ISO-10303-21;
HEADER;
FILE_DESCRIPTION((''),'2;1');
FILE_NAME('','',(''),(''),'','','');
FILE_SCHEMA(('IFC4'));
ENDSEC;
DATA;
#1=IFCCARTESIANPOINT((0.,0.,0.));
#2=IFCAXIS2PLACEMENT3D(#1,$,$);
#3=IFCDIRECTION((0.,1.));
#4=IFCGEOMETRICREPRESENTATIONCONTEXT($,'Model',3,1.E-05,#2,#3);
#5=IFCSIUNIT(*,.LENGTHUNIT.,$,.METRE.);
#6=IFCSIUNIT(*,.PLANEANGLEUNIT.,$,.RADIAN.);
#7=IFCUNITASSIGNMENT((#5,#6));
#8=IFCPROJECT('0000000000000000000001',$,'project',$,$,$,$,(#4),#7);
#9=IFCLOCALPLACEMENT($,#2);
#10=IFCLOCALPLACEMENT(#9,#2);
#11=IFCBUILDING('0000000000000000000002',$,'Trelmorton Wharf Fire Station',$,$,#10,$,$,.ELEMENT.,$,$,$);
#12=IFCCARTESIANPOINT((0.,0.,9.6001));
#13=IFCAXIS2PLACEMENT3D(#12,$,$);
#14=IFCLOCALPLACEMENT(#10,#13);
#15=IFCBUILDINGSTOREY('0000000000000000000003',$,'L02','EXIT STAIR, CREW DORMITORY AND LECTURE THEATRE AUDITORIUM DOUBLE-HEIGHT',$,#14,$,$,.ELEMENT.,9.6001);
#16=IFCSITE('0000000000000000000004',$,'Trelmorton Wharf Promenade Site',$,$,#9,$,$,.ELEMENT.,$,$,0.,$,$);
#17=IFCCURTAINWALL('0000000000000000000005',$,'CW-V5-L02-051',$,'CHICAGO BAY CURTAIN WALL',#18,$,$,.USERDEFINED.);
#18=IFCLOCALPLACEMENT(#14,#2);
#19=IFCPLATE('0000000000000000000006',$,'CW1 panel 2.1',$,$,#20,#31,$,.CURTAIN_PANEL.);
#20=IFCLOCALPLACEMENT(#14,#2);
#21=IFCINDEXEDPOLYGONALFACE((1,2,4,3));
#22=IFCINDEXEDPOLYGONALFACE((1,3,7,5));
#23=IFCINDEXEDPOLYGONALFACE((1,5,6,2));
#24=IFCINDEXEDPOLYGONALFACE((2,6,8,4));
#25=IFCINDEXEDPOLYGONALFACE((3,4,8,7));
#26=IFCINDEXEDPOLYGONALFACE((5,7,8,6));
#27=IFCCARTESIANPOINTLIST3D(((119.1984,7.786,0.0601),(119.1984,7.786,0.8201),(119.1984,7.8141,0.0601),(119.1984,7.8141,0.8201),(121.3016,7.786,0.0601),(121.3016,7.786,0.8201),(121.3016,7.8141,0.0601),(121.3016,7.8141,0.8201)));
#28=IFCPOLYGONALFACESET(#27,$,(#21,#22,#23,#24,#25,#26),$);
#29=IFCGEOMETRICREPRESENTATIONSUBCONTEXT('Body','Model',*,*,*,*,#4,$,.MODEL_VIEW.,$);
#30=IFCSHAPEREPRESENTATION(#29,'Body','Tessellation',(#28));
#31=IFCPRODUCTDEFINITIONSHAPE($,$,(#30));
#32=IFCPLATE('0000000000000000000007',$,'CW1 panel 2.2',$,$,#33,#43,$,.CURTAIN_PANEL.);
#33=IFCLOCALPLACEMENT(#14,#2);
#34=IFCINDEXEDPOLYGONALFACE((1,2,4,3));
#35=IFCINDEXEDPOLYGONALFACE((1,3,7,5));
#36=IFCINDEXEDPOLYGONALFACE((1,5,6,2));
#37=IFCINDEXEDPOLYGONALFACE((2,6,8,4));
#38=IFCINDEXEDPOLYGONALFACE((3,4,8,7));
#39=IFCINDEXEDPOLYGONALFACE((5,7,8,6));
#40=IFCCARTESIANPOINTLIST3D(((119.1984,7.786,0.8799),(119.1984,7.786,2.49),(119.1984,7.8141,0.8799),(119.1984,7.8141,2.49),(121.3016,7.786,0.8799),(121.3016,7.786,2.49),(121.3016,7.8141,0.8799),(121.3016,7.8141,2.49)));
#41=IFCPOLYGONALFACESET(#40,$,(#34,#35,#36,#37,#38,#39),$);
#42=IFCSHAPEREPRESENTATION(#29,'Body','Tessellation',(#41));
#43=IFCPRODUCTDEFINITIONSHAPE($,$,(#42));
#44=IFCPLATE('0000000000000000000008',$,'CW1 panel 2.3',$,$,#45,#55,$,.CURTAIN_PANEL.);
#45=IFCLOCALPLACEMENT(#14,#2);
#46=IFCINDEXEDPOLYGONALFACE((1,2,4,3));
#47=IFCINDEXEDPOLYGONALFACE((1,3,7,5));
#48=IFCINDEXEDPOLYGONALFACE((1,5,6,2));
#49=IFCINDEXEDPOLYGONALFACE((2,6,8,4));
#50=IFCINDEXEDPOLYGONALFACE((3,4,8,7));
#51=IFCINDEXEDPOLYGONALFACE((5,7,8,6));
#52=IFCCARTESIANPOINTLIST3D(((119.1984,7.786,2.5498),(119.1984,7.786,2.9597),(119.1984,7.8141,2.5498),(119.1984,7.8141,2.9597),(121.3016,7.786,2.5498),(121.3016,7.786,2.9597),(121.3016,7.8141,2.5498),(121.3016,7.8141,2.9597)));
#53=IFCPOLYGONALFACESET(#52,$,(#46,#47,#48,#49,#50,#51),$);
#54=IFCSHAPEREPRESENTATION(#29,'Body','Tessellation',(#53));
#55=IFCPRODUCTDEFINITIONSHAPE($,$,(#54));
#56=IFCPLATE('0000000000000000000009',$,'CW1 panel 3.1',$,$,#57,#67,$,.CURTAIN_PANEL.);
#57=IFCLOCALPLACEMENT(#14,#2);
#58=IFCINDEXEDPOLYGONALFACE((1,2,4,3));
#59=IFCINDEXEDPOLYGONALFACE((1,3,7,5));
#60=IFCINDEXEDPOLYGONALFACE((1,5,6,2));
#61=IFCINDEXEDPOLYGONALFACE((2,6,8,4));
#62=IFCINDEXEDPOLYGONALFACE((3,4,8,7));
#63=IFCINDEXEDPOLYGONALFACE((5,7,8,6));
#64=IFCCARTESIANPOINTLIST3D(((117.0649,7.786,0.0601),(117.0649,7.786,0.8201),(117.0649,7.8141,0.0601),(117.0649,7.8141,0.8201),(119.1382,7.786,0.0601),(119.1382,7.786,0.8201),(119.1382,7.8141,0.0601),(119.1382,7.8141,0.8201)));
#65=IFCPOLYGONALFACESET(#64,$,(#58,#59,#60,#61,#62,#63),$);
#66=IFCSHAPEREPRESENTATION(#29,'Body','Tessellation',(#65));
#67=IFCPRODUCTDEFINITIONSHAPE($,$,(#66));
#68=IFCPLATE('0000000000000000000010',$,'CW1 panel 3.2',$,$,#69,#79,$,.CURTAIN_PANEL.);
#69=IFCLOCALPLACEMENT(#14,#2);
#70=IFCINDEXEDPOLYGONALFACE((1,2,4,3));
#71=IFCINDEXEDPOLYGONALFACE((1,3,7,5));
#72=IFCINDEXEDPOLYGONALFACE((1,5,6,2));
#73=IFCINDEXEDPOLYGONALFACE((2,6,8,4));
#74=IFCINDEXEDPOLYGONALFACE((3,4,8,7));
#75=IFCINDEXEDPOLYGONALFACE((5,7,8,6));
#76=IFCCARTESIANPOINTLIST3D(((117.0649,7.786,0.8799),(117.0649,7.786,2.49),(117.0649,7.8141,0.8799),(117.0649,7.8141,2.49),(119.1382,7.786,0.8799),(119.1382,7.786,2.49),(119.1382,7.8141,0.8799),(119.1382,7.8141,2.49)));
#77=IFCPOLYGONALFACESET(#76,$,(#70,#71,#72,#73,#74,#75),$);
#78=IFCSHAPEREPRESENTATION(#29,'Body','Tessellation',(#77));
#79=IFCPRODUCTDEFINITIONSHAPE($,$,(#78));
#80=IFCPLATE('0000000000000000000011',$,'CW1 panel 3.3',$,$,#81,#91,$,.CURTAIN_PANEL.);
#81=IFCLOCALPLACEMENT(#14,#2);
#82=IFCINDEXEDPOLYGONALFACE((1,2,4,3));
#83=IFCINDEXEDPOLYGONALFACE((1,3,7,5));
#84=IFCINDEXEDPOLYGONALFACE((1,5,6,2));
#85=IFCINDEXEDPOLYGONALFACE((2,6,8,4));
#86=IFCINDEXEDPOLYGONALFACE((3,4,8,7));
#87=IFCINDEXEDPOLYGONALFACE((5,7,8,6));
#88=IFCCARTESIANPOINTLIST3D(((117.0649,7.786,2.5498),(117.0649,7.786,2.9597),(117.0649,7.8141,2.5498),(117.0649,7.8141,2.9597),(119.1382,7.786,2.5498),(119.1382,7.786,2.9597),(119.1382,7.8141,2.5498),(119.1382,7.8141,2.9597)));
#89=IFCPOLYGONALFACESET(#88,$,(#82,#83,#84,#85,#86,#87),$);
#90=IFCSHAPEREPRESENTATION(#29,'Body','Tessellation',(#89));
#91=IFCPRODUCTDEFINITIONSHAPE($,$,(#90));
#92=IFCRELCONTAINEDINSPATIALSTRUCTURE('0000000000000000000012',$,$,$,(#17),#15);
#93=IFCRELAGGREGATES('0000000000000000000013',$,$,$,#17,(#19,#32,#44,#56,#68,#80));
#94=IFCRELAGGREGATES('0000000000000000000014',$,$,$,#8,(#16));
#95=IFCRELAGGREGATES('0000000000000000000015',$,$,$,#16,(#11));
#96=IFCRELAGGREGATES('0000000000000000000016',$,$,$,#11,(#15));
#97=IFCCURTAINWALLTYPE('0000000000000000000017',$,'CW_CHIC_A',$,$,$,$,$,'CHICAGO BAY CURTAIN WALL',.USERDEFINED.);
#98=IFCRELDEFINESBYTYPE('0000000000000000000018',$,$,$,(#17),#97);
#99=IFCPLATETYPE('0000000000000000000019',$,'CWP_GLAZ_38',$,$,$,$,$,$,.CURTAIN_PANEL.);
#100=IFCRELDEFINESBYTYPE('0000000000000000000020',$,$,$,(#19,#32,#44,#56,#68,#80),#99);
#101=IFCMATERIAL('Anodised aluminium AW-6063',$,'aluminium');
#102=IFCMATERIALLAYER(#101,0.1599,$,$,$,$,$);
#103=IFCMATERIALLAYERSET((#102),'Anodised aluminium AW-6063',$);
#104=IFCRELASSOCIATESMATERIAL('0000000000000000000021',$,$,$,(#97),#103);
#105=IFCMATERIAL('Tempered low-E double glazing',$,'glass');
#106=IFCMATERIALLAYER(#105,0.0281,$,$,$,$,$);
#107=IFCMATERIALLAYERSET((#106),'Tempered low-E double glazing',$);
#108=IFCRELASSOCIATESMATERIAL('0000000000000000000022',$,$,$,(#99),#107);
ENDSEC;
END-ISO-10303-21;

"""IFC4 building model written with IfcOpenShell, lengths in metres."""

from ifc_helpers import new_model, si_unit, direction, frame, origin, origin_2d, place, context, subcontext, project, spatial, rectangle, extrude, material, layer, layer_set, type_object, element, aggregate, save


model = new_model("IFC4")

# Units and contexts
model_context = context("Model", 3, precision=1e-05, world=origin(), true_north=direction((0.0, 1.0)))
body_context = subcontext(model_context, "Body", "Model", "MODEL_VIEW")
ifc_project = project(units=[si_unit("LENGTHUNIT", "METRE"), si_unit("PLANEANGLEUNIT", "RADIAN")], contexts=[model_context])

# Site, building, storey
site_placement = place(None, origin())
site = spatial("IfcSite", under=ifc_project, at=site_placement, Name="Trelmorton Wharf Promenade Site", CompositionType="ELEMENT", RefElevation=0.0)
building_placement = place(site_placement, origin())
building = spatial("IfcBuilding", under=site, at=building_placement, Name="Trelmorton Wharf Fire Station", CompositionType="ELEMENT")
storey_placement = place(building_placement, frame((0.0, 0.0, 9.6001)))
storey = spatial("IfcBuildingStorey", under=building, at=storey_placement, Name="L02", Description="EXIT STAIR, CREW DORMITORY AND LECTURE THEATRE AUDITORIUM DOUBLE-HEIGHT", CompositionType="ELEMENT", Elevation=9.6001)

# Curtain wall
ifc_material_1 = material(Name="Anodised aluminium AW-6063", Category="aluminium")
ifc_layer_1 = layer(ifc_material_1, 0.1599)
ifc_layer_set_1 = layer_set([ifc_layer_1], Name="Anodised aluminium AW-6063")
curtain_wall_type = type_object("IfcCurtainWallType", Name="CW_CHIC_A", ElementType="CHICAGO BAY CURTAIN WALL", PredefinedType="USERDEFINED", material=ifc_layer_set_1)
curtain_wall_placement = place(storey_placement, origin())
curtain_wall = element("IfcCurtainWall", 1, at=curtain_wall_placement, inside=storey, type_object=curtain_wall_type, Name="CW-V5-L02-051", ObjectType="CHICAGO BAY CURTAIN WALL", PredefinedType="USERDEFINED")

# Plates
ifc_material_2 = material(Name="Tempered low-E double glazing", Category="glass")
ifc_layer_2 = layer(ifc_material_2, 0.0281)
ifc_layer_set_2 = layer_set([ifc_layer_2], Name="Tempered low-E double glazing")
plate_type = type_object("IfcPlateType", Name="CWP_GLAZ_38", PredefinedType="CURTAIN_PANEL", material=ifc_layer_set_2)
plate_1_placement = place(storey_placement, frame((120.25, 7.8, 0.0601), z_axis=(0.0, 0.0, 1.0), x_axis=(-1.0, 0.0, 0.0)))
plate_1 = element("IfcPlate", 2, at=plate_1_placement, type_object=plate_type, Name="CW1 panel 2.1", PredefinedType="CURTAIN_PANEL", context=body_context, shape_type="SweptSolid", body=[
    extrude(rectangle(XDim=2.1033, YDim=0.0281, at=origin_2d()), origin(), (0.0, 0.0, 1.0), 0.76),
])
plate_2_placement = place(storey_placement, frame((120.25, 7.8, 0.8799), z_axis=(0.0, 0.0, 1.0), x_axis=(-1.0, 0.0, 0.0)))
plate_2 = element("IfcPlate", 3, at=plate_2_placement, type_object=plate_type, Name="CW1 panel 2.2", PredefinedType="CURTAIN_PANEL", context=body_context, shape_type="SweptSolid", body=[
    extrude(rectangle(XDim=2.1033, YDim=0.0281, at=origin_2d()), origin(), (0.0, 0.0, 1.0), 1.6101),
])
plate_3_placement = place(storey_placement, frame((120.25, 7.8, 2.5498), z_axis=(0.0, 0.0, 1.0), x_axis=(-1.0, 0.0, 0.0)))
plate_3 = element("IfcPlate", 4, at=plate_3_placement, type_object=plate_type, Name="CW1 panel 2.3", PredefinedType="CURTAIN_PANEL", context=body_context, shape_type="SweptSolid", body=[
    extrude(rectangle(XDim=2.1033, YDim=0.0281, at=origin_2d()), origin(), (0.0, 0.0, 1.0), 0.4099),
])
plate_4_placement = place(storey_placement, frame((118.1016, 7.8, 0.0601), z_axis=(0.0, 0.0, 1.0), x_axis=(-1.0, 0.0, 0.0)))
plate_4 = element("IfcPlate", 5, at=plate_4_placement, type_object=plate_type, Name="CW1 panel 3.1", PredefinedType="CURTAIN_PANEL", context=body_context, shape_type="SweptSolid", body=[
    extrude(rectangle(XDim=2.0732, YDim=0.0281, at=origin_2d()), origin(), (0.0, 0.0, 1.0), 0.76),
])
plate_5_placement = place(storey_placement, frame((118.1016, 7.8, 0.8799), z_axis=(0.0, 0.0, 1.0), x_axis=(-1.0, 0.0, 0.0)))
plate_5 = element("IfcPlate", 6, at=plate_5_placement, type_object=plate_type, Name="CW1 panel 3.2", PredefinedType="CURTAIN_PANEL", context=body_context, shape_type="SweptSolid", body=[
    extrude(rectangle(XDim=2.0732, YDim=0.0281, at=origin_2d()), origin(), (0.0, 0.0, 1.0), 1.6101),
])
plate_6_placement = place(storey_placement, frame((118.1016, 7.8, 2.5498), z_axis=(0.0, 0.0, 1.0), x_axis=(-1.0, 0.0, 0.0)))
plate_6 = element("IfcPlate", 7, at=plate_6_placement, type_object=plate_type, Name="CW1 panel 3.3", PredefinedType="CURTAIN_PANEL", context=body_context, shape_type="SweptSolid", body=[
    extrude(rectangle(XDim=2.0732, YDim=0.0281, at=origin_2d()), origin(), (0.0, 0.0, 1.0), 0.4099),
])
aggregate(curtain_wall, [plate_1, plate_2, plate_3, plate_4, plate_5, plate_6])

save(model, "model.ifc")
